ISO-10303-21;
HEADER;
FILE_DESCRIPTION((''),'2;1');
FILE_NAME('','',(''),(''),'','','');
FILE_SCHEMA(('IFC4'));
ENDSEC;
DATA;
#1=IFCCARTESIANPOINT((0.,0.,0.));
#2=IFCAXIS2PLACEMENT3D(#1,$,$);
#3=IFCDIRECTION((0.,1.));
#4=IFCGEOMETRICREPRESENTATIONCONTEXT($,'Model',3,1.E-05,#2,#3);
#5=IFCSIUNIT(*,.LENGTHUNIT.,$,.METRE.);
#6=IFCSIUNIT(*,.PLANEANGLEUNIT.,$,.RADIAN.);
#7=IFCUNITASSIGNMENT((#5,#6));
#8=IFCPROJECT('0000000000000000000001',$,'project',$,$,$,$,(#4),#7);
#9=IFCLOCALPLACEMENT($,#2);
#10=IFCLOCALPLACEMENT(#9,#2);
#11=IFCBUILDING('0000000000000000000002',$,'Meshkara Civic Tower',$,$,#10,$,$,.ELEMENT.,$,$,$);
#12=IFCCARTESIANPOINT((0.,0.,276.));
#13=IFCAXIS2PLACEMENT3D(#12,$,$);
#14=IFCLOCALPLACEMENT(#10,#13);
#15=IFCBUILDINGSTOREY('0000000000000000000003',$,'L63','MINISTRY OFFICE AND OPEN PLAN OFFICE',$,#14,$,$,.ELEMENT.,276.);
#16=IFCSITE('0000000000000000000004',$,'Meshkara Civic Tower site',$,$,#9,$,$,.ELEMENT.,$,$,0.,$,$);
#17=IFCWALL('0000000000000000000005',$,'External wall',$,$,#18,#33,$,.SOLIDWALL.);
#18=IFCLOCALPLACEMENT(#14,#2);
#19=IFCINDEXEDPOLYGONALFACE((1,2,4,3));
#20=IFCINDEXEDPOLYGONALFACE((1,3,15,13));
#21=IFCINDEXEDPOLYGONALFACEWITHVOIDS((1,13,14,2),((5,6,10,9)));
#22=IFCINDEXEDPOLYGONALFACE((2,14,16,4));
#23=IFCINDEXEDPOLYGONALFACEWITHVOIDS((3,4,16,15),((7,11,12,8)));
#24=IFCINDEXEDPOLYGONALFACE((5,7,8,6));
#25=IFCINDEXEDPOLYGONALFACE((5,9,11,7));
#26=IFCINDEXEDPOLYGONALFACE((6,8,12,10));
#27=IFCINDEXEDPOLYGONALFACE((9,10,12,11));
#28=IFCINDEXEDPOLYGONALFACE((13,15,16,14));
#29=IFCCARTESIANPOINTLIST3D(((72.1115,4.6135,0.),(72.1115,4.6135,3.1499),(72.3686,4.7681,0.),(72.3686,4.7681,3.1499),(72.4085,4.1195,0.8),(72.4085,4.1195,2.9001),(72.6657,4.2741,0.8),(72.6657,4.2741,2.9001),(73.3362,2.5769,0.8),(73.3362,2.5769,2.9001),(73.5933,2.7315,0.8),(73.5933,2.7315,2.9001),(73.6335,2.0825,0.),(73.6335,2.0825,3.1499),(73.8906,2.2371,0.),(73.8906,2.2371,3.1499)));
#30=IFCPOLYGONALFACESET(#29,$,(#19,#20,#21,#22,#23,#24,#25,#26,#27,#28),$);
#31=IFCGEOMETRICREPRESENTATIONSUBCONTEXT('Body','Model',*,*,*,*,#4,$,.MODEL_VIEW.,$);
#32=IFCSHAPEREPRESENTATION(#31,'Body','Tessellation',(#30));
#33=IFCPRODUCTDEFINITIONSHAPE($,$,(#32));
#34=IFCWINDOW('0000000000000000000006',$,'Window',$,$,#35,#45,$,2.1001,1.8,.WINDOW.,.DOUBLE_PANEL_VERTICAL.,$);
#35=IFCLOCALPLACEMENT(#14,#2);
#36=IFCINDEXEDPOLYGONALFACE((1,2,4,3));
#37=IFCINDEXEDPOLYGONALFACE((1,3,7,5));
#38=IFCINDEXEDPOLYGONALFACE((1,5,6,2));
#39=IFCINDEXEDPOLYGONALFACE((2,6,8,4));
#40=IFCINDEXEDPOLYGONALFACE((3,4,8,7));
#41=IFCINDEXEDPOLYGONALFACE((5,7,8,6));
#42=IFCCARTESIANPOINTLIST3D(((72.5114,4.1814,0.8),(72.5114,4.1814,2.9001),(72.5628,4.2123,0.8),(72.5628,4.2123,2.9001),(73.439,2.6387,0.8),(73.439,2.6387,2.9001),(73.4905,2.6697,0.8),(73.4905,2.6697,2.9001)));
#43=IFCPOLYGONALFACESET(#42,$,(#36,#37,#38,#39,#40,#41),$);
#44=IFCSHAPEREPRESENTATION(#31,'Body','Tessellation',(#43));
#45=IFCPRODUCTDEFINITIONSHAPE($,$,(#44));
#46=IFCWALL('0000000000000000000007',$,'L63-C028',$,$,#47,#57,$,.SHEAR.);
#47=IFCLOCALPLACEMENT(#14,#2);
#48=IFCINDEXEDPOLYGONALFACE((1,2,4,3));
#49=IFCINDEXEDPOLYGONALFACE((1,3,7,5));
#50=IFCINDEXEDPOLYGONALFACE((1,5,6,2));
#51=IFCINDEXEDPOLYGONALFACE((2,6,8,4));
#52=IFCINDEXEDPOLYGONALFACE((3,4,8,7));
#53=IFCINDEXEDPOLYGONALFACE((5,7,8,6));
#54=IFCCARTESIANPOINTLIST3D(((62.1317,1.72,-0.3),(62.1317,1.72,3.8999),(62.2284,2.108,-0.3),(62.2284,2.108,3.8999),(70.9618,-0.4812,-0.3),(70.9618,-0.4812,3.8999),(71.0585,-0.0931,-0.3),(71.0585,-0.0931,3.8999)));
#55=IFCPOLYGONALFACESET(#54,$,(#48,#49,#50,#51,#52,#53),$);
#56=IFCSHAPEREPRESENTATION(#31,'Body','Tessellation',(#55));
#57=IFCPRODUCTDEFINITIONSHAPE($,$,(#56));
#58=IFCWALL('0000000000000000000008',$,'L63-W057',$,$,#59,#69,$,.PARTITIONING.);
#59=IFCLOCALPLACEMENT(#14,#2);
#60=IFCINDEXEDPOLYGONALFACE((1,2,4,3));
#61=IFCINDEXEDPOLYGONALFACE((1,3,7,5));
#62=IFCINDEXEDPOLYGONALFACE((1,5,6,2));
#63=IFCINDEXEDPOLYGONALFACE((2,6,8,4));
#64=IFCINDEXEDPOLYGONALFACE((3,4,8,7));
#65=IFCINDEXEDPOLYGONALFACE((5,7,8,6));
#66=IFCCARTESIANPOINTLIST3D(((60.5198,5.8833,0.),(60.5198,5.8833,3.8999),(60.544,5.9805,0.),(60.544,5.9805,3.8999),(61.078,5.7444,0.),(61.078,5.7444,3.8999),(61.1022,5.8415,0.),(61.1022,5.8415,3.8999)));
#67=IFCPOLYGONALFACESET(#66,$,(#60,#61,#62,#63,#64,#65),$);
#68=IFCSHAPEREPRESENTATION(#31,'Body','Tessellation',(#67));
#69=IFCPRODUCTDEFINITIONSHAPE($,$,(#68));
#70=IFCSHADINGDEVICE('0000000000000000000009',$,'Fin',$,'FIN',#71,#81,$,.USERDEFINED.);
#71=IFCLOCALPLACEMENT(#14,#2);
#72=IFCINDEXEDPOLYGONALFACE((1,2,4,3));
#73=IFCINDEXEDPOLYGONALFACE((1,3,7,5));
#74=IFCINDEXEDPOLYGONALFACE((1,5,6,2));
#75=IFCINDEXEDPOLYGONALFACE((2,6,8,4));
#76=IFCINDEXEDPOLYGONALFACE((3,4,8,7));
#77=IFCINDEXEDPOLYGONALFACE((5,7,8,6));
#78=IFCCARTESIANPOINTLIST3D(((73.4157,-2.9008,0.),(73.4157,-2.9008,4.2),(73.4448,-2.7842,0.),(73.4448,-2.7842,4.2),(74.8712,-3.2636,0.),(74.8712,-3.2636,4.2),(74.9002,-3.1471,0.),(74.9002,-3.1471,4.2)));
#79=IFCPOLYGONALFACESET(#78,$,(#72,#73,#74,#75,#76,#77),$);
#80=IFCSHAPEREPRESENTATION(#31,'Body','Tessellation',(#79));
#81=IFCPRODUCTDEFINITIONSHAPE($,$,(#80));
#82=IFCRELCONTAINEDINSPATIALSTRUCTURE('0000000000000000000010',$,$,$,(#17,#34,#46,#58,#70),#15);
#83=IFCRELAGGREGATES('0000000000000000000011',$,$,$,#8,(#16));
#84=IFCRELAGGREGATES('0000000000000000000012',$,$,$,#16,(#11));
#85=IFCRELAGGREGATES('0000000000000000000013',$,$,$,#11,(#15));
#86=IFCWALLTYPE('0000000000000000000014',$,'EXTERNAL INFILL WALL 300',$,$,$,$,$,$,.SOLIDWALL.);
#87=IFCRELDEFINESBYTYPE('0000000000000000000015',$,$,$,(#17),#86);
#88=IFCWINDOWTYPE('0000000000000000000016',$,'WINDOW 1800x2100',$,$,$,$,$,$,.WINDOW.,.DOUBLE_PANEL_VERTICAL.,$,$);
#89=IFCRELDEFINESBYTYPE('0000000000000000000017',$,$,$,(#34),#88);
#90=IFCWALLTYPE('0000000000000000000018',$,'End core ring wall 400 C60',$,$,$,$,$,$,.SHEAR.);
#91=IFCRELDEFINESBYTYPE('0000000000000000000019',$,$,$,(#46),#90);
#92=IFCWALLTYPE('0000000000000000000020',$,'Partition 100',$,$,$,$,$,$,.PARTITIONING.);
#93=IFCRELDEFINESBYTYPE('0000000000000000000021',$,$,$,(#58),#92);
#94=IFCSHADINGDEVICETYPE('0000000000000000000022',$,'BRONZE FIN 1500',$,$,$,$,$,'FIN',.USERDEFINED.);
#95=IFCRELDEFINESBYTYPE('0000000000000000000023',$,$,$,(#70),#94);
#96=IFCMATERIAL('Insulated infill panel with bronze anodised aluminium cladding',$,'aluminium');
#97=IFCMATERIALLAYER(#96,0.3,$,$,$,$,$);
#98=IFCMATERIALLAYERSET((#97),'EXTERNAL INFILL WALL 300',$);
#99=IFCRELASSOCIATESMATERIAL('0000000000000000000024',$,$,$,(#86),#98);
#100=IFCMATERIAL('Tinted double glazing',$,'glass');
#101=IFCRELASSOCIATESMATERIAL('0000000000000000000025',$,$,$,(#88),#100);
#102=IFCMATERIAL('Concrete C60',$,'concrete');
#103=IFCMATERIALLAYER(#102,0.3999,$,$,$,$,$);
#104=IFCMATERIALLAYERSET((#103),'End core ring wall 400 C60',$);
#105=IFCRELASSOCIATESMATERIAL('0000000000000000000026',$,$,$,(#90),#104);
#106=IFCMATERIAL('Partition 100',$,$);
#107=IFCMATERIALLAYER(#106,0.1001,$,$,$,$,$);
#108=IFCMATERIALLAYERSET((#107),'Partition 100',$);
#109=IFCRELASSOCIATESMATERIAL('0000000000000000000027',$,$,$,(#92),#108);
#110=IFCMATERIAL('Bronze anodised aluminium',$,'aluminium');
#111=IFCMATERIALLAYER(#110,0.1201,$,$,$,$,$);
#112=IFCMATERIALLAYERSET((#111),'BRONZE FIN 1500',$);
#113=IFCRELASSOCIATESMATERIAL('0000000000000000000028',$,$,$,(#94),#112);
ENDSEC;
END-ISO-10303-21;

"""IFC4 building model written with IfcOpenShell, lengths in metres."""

from ifc_helpers import new_model, si_unit, direction, frame, frame_2d, origin, origin_2d, place, context, subcontext, project, spatial, rectangle, extrude, material, layer, layer_set, type_object, element, fill, save


model = new_model("IFC4")

# Units and contexts
model_context = context("Model", 3, precision=1e-05, world=origin(), true_north=direction((0.0, 1.0)))
body_context = subcontext(model_context, "Body", "Model", "MODEL_VIEW")
ifc_project = project(units=[si_unit("LENGTHUNIT", "METRE"), si_unit("PLANEANGLEUNIT", "RADIAN")], contexts=[model_context])

# Site, building, storey
site_placement = place(None, origin())
site = spatial("IfcSite", under=ifc_project, at=site_placement, Name="Meshkara Civic Tower site", CompositionType="ELEMENT", RefElevation=0.0)
building_placement = place(site_placement, origin())
building = spatial("IfcBuilding", under=site, at=building_placement, Name="Meshkara Civic Tower", CompositionType="ELEMENT")
storey_placement = place(building_placement, frame((0.0, 0.0, 276.0)))
storey = spatial("IfcBuildingStorey", under=building, at=storey_placement, Name="L63", Description="MINISTRY OFFICE AND OPEN PLAN OFFICE", CompositionType="ELEMENT", Elevation=276.0)

# Wall, opening, window
ifc_material_1 = material(Name="Insulated infill panel with bronze anodised aluminium cladding", Category="aluminium")
ifc_layer_1 = layer(ifc_material_1, 0.3)
ifc_layer_set_1 = layer_set([ifc_layer_1], Name="EXTERNAL INFILL WALL 300")
wall_type_1 = type_object("IfcWallType", Name="EXTERNAL INFILL WALL 300", PredefinedType="SOLIDWALL", material=ifc_layer_set_1)
ifc_material_2 = material(Name="Tinted double glazing", Category="glass")
window_type_1 = type_object("IfcWindowType", Name="WINDOW 1800x2100", PartitioningType="DOUBLE_PANEL_VERTICAL", PredefinedType="WINDOW", material=ifc_material_2)
wall_1_placement = place(storey_placement, frame((73.762, 2.1599, 0.0), z_axis=(0.0, 0.0, 1.0), x_axis=(-0.515334, 0.856989, 0.0)))
wall_1 = element("IfcWall", 1, at=wall_1_placement, inside=storey, type_object=wall_type_1, Name="External wall", PredefinedType="SOLIDWALL", context=body_context, shape_type="SweptSolid", body=[
    extrude(rectangle(XDim=2.9534, YDim=0.3, at=frame_2d((1.4766, 0.0))), origin(), (0.0, 0.0, 1.0), 3.1499),
])
opening_1_placement = place(wall_1_placement, frame((0.5769, 0.0, 0.8)))
opening_1 = element("IfcOpeningElement", 2, at=opening_1_placement, cuts=wall_1, PredefinedType="OPENING", context=body_context, shape_type="SweptSolid", body=[
    extrude(rectangle(XDim=1.8, YDim=2.1001, at=frame_2d((0.8999, 1.05))), frame((0.0, 0.1599, 0.0), z_axis=(0.0, -1.0, 0.0), x_axis=(1.0, 0.0, 0.0)), (0.0, 0.0, 1.0), 0.3201),
])
window_1_placement = place(opening_1_placement, origin())
window_1 = element("IfcWindow", 3, at=window_1_placement, inside=storey, type_object=window_type_1, Name="Window", OverallHeight=2.1001, OverallWidth=1.8, PartitioningType="DOUBLE_PANEL_VERTICAL", PredefinedType="WINDOW", context=body_context, shape_type="SweptSolid", body=[
    extrude(rectangle(XDim=1.8, YDim=2.1001, at=frame_2d((0.8999, 1.05))), frame((0.0, 0.03, 0.0), z_axis=(0.0, -1.0, 0.0), x_axis=(1.0, 0.0, 0.0)), (0.0, 0.0, 1.0), 0.0601),
])
fill(opening_1, window_1)

# Walls
ifc_material_3 = material(Name="Concrete C60", Category="concrete")
ifc_layer_2 = layer(ifc_material_3, 0.3999)
ifc_layer_set_2 = layer_set([ifc_layer_2], Name="End core ring wall 400 C60")
wall_type_2 = type_object("IfcWallType", Name="End core ring wall 400 C60", PredefinedType="SHEAR", material=ifc_layer_set_2)
wall_2_placement = place(storey_placement, frame((62.1799, 1.9141, -0.3), z_axis=(0.0, 0.0, 1.0), x_axis=(0.970306, -0.241879, 0.0)))
element("IfcWall", 4, at=wall_2_placement, inside=storey, type_object=wall_type_2, Name="L63-C028", PredefinedType="SHEAR", context=body_context, shape_type="SweptSolid", body=[
    extrude(rectangle(XDim=9.1003, YDim=0.3999, at=frame_2d((4.5503, 0.0))), origin(), (0.0, 0.0, 1.0), 4.2),
])
ifc_material_4 = material(Name="Partition 100")
ifc_layer_3 = layer(ifc_material_4, 0.1001)
ifc_layer_set_3 = layer_set([ifc_layer_3], Name="Partition 100")
wall_type_3 = type_object("IfcWallType", Name="Partition 100", PredefinedType="PARTITIONING", material=ifc_layer_set_3)
wall_3_placement = place(storey_placement, frame((61.0901, 5.793, 0.0), z_axis=(0.0, 0.0, 1.0), x_axis=(-0.970392, 0.241537, 0.0)))
element("IfcWall", 5, at=wall_3_placement, inside=storey, type_object=wall_type_3, Name="L63-W057", PredefinedType="PARTITIONING", context=body_context, shape_type="SweptSolid", body=[
    extrude(rectangle(XDim=0.5752, YDim=0.1001, at=frame_2d((0.2876, 0.0))), origin(), (0.0, 0.0, 1.0), 3.8999),
])

# Shading device
ifc_material_5 = material(Name="Bronze anodised aluminium", Category="aluminium")
ifc_layer_4 = layer(ifc_material_5, 0.1201)
ifc_layer_set_4 = layer_set([ifc_layer_4], Name="BRONZE FIN 1500")
shading_device_type = type_object("IfcShadingDeviceType", Name="BRONZE FIN 1500", ElementType="FIN", PredefinedType="USERDEFINED", material=ifc_layer_set_4)
shading_device_placement = place(storey_placement, frame((74.158, -3.0239, 0.0), z_axis=(0.0, 0.0, 1.0), x_axis=(0.241922, 0.970296, 0.0)))
element("IfcShadingDevice", 6, at=shading_device_placement, inside=storey, type_object=shading_device_type, Name="Fin", ObjectType="FIN", PredefinedType="USERDEFINED", context=body_context, shape_type="SweptSolid", body=[
    extrude(rectangle(XDim=0.1201, YDim=1.5, at=origin_2d()), origin(), (0.0, 0.0, 1.0), 4.2),
])

save(model, "model.ifc")
